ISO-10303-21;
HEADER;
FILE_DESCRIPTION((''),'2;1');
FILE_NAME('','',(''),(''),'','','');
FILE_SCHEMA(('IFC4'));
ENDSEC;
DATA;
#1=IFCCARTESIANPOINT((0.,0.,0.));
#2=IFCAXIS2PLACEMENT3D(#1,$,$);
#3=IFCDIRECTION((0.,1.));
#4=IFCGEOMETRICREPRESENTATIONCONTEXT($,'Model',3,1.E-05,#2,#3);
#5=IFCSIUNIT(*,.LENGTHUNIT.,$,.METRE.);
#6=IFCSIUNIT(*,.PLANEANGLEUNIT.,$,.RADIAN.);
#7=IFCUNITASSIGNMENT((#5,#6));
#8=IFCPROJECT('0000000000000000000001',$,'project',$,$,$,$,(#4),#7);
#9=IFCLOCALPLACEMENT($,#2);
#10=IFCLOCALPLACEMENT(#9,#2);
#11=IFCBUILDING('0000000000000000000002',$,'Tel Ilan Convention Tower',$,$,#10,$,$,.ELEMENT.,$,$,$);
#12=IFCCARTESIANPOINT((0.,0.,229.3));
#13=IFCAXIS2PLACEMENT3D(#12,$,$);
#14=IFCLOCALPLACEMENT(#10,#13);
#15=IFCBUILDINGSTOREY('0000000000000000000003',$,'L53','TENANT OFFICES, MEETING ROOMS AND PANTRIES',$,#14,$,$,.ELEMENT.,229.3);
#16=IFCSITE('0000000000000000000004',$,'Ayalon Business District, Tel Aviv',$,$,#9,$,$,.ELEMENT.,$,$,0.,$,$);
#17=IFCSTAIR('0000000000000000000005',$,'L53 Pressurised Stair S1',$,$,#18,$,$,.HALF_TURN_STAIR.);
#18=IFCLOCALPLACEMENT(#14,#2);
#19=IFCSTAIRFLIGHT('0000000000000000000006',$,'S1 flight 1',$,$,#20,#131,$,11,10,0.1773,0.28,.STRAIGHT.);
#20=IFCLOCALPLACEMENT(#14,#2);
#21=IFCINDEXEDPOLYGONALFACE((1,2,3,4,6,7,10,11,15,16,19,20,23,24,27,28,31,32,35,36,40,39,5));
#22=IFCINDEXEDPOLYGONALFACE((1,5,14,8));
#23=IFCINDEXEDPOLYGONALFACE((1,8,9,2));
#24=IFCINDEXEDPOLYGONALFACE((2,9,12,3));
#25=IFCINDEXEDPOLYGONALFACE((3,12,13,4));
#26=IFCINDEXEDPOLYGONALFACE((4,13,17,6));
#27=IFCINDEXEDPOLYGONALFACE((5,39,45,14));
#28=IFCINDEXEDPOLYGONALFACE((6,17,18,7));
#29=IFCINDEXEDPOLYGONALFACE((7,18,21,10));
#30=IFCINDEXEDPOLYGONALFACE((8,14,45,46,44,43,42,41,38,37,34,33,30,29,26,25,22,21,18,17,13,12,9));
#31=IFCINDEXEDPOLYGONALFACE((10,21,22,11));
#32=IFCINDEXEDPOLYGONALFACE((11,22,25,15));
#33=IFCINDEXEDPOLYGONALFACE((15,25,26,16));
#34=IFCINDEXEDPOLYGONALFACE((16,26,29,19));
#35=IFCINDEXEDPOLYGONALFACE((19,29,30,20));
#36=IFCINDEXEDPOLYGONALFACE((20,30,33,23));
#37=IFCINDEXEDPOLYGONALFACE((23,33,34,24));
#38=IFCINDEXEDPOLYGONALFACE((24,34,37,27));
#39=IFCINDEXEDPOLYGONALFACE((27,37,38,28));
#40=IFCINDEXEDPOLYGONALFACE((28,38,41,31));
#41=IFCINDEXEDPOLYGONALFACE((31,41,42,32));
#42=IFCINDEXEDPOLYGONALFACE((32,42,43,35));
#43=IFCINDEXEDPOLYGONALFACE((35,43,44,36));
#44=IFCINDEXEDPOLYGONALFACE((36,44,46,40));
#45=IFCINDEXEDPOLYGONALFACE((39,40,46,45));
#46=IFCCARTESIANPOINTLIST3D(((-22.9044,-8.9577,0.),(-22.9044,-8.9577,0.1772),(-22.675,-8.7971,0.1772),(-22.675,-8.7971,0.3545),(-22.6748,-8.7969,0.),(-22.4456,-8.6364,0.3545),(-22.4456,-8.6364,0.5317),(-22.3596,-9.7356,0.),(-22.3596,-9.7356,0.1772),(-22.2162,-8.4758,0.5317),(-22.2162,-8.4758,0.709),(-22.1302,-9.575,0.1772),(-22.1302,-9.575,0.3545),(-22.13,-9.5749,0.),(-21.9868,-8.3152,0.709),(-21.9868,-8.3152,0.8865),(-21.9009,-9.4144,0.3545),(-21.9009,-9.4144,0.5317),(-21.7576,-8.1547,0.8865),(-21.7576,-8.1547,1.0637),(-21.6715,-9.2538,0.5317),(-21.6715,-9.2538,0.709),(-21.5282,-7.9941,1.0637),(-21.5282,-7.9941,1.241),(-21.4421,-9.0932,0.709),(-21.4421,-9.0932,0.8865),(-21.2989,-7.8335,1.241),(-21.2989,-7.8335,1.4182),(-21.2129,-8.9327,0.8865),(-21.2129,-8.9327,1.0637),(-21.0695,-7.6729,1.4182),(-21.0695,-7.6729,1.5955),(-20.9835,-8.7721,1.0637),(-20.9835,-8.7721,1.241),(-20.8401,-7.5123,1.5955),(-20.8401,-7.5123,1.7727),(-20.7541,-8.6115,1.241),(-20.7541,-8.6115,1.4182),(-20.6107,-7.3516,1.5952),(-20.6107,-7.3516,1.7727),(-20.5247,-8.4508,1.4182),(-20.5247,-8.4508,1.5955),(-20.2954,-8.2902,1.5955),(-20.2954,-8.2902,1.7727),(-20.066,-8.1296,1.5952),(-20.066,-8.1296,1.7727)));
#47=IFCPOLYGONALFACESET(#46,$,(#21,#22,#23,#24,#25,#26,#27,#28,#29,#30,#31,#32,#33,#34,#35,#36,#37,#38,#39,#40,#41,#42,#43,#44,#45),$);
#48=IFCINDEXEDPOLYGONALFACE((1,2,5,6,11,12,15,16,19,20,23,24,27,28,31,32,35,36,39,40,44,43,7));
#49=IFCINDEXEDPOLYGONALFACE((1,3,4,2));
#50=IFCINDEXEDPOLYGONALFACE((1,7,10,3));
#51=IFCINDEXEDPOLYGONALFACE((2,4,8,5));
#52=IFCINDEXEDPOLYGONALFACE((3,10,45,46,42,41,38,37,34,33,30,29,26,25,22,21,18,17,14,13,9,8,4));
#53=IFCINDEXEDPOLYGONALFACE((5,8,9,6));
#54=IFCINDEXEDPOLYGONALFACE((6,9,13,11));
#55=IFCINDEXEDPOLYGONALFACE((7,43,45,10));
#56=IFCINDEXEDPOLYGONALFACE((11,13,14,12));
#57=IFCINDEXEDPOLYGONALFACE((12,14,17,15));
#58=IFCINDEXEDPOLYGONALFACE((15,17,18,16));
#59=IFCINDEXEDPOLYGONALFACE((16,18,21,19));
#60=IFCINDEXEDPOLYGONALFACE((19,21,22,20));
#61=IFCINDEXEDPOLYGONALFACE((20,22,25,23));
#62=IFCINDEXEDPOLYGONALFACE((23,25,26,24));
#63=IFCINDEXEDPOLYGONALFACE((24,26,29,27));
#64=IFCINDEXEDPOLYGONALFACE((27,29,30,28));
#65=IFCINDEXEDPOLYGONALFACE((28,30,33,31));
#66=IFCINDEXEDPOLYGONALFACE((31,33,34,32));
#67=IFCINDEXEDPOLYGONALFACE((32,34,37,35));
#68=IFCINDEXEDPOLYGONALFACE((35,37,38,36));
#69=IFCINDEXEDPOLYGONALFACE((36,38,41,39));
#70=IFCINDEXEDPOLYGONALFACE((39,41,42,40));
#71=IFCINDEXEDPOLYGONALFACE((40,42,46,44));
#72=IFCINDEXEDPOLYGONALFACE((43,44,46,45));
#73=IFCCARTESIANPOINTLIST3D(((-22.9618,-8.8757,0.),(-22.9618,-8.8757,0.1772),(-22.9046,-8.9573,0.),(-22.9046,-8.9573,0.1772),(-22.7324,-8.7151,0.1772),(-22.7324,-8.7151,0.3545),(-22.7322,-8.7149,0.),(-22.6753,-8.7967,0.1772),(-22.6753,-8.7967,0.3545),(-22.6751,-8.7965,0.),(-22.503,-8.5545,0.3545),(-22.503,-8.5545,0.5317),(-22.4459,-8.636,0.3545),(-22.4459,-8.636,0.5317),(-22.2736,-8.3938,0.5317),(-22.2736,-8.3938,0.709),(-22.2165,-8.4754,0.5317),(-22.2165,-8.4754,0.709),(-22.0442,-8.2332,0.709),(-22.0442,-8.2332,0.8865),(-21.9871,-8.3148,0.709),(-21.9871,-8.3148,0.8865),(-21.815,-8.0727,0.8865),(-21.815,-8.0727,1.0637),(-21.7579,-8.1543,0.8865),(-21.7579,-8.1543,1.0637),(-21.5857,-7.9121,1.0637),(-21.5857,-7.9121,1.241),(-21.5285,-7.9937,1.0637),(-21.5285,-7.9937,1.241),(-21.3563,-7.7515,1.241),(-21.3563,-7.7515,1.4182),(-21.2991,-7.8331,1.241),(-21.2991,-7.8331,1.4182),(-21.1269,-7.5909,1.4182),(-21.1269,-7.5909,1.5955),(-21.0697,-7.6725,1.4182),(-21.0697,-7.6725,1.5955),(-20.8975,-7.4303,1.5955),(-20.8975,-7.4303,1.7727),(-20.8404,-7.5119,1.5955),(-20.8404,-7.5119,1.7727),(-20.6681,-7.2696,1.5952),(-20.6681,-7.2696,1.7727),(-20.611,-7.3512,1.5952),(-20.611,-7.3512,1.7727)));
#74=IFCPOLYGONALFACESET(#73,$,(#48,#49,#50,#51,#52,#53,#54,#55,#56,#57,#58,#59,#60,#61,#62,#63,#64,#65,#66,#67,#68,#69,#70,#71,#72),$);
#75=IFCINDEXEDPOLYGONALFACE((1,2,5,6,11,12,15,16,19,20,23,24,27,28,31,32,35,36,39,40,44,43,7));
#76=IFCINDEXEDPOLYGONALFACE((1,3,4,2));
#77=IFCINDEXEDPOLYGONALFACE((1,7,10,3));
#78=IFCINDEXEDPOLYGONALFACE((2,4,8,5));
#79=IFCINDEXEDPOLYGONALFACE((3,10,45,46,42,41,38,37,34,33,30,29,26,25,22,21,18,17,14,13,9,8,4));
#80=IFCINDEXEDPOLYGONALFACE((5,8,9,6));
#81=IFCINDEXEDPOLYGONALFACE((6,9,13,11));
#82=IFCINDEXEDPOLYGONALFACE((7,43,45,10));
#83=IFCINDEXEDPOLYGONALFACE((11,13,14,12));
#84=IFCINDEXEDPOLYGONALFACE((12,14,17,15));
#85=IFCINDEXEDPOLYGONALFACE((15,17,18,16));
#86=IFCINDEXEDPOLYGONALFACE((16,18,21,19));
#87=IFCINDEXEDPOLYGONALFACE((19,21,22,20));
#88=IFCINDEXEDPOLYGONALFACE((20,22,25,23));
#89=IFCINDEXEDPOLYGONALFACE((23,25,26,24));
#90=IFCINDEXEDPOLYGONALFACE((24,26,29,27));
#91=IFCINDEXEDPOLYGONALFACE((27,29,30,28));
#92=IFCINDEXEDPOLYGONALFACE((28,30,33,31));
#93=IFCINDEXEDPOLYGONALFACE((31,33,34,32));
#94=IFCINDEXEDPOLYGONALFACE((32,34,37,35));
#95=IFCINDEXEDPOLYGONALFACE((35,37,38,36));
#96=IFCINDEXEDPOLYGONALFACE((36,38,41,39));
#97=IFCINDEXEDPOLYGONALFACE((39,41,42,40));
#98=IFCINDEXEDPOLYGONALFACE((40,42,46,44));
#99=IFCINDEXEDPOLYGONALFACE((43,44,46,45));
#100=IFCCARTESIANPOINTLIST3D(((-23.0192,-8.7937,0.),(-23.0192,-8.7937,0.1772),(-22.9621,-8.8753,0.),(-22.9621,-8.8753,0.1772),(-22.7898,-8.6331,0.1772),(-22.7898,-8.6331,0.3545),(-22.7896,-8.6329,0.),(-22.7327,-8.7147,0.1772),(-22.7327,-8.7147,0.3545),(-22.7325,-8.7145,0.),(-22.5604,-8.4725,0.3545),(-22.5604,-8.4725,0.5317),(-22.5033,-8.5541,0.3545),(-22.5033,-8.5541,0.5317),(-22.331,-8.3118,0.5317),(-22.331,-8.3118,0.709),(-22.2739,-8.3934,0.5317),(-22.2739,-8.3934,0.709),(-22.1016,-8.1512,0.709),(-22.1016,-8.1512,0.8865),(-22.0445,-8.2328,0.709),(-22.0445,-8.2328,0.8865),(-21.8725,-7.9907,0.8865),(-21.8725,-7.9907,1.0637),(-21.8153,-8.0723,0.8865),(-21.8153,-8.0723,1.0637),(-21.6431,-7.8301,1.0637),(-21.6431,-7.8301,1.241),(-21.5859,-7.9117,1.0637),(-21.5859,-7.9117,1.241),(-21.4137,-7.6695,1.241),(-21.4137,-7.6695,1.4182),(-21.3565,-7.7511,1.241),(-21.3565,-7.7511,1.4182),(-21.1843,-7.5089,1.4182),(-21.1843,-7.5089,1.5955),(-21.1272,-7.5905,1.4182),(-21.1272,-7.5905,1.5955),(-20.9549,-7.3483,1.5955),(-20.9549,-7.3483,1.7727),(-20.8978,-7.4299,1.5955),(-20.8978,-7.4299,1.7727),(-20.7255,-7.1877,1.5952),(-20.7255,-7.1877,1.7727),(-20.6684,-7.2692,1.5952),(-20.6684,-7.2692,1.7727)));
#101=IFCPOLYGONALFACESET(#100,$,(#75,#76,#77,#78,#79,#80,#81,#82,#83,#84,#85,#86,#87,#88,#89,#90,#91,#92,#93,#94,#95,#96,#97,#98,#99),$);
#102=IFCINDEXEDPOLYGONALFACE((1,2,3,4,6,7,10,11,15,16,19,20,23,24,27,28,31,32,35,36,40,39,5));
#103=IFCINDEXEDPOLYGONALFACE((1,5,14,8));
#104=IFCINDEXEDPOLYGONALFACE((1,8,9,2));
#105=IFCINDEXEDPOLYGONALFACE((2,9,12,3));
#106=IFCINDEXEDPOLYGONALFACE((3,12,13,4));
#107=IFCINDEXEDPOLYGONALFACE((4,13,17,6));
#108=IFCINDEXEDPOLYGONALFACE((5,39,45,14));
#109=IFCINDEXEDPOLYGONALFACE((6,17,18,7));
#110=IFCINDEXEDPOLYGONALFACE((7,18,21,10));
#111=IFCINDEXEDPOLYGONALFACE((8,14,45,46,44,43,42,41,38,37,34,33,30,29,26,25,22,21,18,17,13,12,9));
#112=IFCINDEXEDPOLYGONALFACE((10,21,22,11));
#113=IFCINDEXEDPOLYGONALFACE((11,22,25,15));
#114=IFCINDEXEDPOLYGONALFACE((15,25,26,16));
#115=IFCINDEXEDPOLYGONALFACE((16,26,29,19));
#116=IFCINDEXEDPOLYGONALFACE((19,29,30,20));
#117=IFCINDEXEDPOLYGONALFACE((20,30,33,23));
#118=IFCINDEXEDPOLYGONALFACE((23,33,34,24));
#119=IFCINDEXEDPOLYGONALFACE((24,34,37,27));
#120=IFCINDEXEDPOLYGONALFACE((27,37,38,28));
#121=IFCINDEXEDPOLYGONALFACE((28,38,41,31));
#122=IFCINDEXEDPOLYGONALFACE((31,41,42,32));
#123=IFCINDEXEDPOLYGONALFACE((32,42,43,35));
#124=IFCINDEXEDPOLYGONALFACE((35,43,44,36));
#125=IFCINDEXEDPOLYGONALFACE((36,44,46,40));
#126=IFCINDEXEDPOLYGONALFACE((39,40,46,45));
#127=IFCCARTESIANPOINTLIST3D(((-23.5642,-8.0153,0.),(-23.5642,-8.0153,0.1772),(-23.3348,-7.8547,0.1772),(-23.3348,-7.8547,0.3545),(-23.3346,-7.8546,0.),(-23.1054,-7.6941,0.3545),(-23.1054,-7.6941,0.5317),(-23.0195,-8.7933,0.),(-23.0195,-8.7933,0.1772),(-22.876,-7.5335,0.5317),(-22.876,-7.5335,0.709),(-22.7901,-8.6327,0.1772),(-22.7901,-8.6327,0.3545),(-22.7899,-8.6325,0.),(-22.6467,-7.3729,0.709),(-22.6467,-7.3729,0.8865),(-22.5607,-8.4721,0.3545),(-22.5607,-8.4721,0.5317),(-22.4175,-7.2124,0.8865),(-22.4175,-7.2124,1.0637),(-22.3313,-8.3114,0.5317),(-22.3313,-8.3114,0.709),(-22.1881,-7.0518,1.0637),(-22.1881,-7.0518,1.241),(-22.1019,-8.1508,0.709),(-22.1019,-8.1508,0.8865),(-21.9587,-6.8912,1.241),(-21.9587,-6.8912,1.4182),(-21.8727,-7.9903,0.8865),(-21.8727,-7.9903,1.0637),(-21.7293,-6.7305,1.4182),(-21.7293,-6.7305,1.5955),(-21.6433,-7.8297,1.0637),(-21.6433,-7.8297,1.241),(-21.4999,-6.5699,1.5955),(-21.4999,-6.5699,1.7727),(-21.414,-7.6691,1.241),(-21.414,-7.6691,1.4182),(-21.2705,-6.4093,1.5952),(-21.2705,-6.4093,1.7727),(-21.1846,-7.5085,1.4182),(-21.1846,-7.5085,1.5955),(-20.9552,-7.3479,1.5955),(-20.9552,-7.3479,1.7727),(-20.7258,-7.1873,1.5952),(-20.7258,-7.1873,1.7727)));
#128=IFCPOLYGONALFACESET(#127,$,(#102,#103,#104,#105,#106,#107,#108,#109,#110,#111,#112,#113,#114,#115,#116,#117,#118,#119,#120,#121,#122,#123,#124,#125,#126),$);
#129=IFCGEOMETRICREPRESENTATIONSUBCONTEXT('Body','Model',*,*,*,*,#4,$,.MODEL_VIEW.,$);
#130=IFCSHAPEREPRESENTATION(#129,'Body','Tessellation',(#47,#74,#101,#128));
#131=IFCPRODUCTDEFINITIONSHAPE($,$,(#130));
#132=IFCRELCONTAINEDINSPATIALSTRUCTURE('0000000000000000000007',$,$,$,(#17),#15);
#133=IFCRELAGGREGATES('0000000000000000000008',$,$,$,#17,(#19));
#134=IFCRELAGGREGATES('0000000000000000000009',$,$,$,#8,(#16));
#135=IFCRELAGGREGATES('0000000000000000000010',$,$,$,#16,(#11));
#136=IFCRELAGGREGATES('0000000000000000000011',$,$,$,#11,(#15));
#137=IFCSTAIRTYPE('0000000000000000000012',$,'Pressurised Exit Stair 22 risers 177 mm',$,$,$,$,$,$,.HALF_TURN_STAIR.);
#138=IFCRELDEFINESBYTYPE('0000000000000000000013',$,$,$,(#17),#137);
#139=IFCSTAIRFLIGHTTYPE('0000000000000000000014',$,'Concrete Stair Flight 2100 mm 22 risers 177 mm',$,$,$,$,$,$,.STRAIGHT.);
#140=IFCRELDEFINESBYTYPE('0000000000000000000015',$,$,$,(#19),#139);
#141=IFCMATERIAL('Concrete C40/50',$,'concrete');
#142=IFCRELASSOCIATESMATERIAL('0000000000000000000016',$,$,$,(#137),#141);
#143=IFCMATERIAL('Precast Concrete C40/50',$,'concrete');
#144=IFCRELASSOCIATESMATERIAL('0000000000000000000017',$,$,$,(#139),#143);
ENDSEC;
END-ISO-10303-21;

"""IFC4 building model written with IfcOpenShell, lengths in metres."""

from ifc_helpers import new_model, si_unit, direction, frame, origin, place, context, subcontext, project, spatial, polyline, outline, extrude, material, type_object, element, aggregate, save


model = new_model("IFC4")

# Units and contexts
model_context = context("Model", 3, precision=1e-05, world=origin(), true_north=direction((0.0, 1.0)))
body_context = subcontext(model_context, "Body", "Model", "MODEL_VIEW")
ifc_project = project(units=[si_unit("LENGTHUNIT", "METRE"), si_unit("PLANEANGLEUNIT", "RADIAN")], contexts=[model_context])

# Site, building, storey
site_placement = place(None, origin())
site = spatial("IfcSite", under=ifc_project, at=site_placement, Name="Ayalon Business District, Tel Aviv", CompositionType="ELEMENT", RefElevation=0.0)
building_placement = place(site_placement, origin())
building = spatial("IfcBuilding", under=site, at=building_placement, Name="Tel Ilan Convention Tower", CompositionType="ELEMENT")
storey_placement = place(building_placement, frame((0.0, 0.0, 229.3)))
storey = spatial("IfcBuildingStorey", under=building, at=storey_placement, Name="L53", Description="TENANT OFFICES, MEETING ROOMS AND PANTRIES", CompositionType="ELEMENT", Elevation=229.3)

# Stair, stair flight
ifc_material_1 = material(Name="Concrete C40/50", Category="concrete")
stair_type = type_object("IfcStairType", Name="Pressurised Exit Stair 22 risers 177 mm", PredefinedType="HALF_TURN_STAIR", material=ifc_material_1)
stair_1_placement = place(storey_placement, origin())
stair_1 = element("IfcStair", 1, at=stair_1_placement, inside=storey, type_object=stair_type, Name="L53 Pressurised Stair S1", PredefinedType="HALF_TURN_STAIR")
ifc_material_2 = material(Name="Precast Concrete C40/50", Category="concrete")
stair_flight_type = type_object("IfcStairFlightType", Name="Concrete Stair Flight 2100 mm 22 risers 177 mm", PredefinedType="STRAIGHT", material=ifc_material_2)
stair_flight_1_placement = place(storey_placement, frame((-22.9619, -8.8755, 0.0), z_axis=(0.0, 0.0, 1.0), x_axis=(0.819152, 0.573576, 0.0)))
stair_flight_1 = element("IfcStairFlight", 2, at=stair_flight_1_placement, type_object=stair_flight_type, Name="S1 flight 1", NumberOfRisers=11, NumberOfTreads=10, PredefinedType="STRAIGHT", RiserHeight=0.1773, TreadLength=0.28, context=body_context, shape_type="SweptSolid", body=[
    extrude(outline(polyline([(0.0, 0.0), (0.0, 0.1772), (0.28, 0.1772), (0.28, 0.3545), (0.5601, 0.3545), (0.5601, 0.5317), (0.8401, 0.5317), (0.8401, 0.709), (1.1201, 0.709), (1.1201, 0.8865), (1.3999, 0.8865), (1.3999, 1.0637), (1.6799, 1.0637), (1.6799, 1.241), (1.96, 1.241), (1.96, 1.4182), (2.24, 1.4182), (2.24, 1.5955), (2.52, 1.5955), (2.52, 1.7727), (2.8, 1.7727), (2.8, 1.95), (2.8, 1.5952), (0.2803, 0.0), (0.0, 0.0)])), frame((0.0, -0.1003, 0.0), z_axis=(0.0, -1.0, 0.0), x_axis=(1.0, 0.0, 0.0)), (0.0, 0.0, 1.0), 0.9497),
    extrude(outline(polyline([(0.0, 0.0), (0.0, 0.1772), (0.28, 0.1772), (0.28, 0.3545), (0.5601, 0.3545), (0.5601, 0.5317), (0.8401, 0.5317), (0.8401, 0.709), (1.1201, 0.709), (1.1201, 0.8865), (1.3999, 0.8865), (1.3999, 1.0637), (1.6799, 1.0637), (1.6799, 1.241), (1.96, 1.241), (1.96, 1.4182), (2.24, 1.4182), (2.24, 1.5955), (2.52, 1.5955), (2.52, 1.7727), (2.8, 1.7727), (2.8, 1.95), (2.8, 1.5952), (0.2803, 0.0), (0.0, 0.0)])), frame((0.0, -0.0002, 0.0), z_axis=(0.0, -1.0, 0.0), x_axis=(1.0, 0.0, 0.0)), (0.0, 0.0, 1.0), 0.0996),
    extrude(outline(polyline([(0.0, 0.0), (0.0, 0.1772), (0.28, 0.1772), (0.28, 0.3545), (0.5601, 0.3545), (0.5601, 0.5317), (0.8401, 0.5317), (0.8401, 0.709), (1.1201, 0.709), (1.1201, 0.8865), (1.3999, 0.8865), (1.3999, 1.0637), (1.6799, 1.0637), (1.6799, 1.241), (1.96, 1.241), (1.96, 1.4182), (2.24, 1.4182), (2.24, 1.5955), (2.52, 1.5955), (2.52, 1.7727), (2.8, 1.7727), (2.8, 1.95), (2.8, 1.5952), (0.2803, 0.0), (0.0, 0.0)])), frame((0.0, 0.0999, 0.0), z_axis=(0.0, -1.0, 0.0), x_axis=(1.0, 0.0, 0.0)), (0.0, 0.0, 1.0), 0.0996),
    extrude(outline(polyline([(0.0, 0.0), (0.0, 0.1772), (0.28, 0.1772), (0.28, 0.3545), (0.5601, 0.3545), (0.5601, 0.5317), (0.8401, 0.5317), (0.8401, 0.709), (1.1201, 0.709), (1.1201, 0.8865), (1.3999, 0.8865), (1.3999, 1.0637), (1.6799, 1.0637), (1.6799, 1.241), (1.96, 1.241), (1.96, 1.4182), (2.24, 1.4182), (2.24, 1.5955), (2.52, 1.5955), (2.52, 1.7727), (2.8, 1.7727), (2.8, 1.95), (2.8, 1.5952), (0.2803, 0.0), (0.0, 0.0)])), frame((0.0, 1.05, 0.0), z_axis=(0.0, -1.0, 0.0), x_axis=(1.0, 0.0, 0.0)), (0.0, 0.0, 1.0), 0.9497),
])
aggregate(stair_1, [stair_flight_1])

save(model, "model.ifc")
